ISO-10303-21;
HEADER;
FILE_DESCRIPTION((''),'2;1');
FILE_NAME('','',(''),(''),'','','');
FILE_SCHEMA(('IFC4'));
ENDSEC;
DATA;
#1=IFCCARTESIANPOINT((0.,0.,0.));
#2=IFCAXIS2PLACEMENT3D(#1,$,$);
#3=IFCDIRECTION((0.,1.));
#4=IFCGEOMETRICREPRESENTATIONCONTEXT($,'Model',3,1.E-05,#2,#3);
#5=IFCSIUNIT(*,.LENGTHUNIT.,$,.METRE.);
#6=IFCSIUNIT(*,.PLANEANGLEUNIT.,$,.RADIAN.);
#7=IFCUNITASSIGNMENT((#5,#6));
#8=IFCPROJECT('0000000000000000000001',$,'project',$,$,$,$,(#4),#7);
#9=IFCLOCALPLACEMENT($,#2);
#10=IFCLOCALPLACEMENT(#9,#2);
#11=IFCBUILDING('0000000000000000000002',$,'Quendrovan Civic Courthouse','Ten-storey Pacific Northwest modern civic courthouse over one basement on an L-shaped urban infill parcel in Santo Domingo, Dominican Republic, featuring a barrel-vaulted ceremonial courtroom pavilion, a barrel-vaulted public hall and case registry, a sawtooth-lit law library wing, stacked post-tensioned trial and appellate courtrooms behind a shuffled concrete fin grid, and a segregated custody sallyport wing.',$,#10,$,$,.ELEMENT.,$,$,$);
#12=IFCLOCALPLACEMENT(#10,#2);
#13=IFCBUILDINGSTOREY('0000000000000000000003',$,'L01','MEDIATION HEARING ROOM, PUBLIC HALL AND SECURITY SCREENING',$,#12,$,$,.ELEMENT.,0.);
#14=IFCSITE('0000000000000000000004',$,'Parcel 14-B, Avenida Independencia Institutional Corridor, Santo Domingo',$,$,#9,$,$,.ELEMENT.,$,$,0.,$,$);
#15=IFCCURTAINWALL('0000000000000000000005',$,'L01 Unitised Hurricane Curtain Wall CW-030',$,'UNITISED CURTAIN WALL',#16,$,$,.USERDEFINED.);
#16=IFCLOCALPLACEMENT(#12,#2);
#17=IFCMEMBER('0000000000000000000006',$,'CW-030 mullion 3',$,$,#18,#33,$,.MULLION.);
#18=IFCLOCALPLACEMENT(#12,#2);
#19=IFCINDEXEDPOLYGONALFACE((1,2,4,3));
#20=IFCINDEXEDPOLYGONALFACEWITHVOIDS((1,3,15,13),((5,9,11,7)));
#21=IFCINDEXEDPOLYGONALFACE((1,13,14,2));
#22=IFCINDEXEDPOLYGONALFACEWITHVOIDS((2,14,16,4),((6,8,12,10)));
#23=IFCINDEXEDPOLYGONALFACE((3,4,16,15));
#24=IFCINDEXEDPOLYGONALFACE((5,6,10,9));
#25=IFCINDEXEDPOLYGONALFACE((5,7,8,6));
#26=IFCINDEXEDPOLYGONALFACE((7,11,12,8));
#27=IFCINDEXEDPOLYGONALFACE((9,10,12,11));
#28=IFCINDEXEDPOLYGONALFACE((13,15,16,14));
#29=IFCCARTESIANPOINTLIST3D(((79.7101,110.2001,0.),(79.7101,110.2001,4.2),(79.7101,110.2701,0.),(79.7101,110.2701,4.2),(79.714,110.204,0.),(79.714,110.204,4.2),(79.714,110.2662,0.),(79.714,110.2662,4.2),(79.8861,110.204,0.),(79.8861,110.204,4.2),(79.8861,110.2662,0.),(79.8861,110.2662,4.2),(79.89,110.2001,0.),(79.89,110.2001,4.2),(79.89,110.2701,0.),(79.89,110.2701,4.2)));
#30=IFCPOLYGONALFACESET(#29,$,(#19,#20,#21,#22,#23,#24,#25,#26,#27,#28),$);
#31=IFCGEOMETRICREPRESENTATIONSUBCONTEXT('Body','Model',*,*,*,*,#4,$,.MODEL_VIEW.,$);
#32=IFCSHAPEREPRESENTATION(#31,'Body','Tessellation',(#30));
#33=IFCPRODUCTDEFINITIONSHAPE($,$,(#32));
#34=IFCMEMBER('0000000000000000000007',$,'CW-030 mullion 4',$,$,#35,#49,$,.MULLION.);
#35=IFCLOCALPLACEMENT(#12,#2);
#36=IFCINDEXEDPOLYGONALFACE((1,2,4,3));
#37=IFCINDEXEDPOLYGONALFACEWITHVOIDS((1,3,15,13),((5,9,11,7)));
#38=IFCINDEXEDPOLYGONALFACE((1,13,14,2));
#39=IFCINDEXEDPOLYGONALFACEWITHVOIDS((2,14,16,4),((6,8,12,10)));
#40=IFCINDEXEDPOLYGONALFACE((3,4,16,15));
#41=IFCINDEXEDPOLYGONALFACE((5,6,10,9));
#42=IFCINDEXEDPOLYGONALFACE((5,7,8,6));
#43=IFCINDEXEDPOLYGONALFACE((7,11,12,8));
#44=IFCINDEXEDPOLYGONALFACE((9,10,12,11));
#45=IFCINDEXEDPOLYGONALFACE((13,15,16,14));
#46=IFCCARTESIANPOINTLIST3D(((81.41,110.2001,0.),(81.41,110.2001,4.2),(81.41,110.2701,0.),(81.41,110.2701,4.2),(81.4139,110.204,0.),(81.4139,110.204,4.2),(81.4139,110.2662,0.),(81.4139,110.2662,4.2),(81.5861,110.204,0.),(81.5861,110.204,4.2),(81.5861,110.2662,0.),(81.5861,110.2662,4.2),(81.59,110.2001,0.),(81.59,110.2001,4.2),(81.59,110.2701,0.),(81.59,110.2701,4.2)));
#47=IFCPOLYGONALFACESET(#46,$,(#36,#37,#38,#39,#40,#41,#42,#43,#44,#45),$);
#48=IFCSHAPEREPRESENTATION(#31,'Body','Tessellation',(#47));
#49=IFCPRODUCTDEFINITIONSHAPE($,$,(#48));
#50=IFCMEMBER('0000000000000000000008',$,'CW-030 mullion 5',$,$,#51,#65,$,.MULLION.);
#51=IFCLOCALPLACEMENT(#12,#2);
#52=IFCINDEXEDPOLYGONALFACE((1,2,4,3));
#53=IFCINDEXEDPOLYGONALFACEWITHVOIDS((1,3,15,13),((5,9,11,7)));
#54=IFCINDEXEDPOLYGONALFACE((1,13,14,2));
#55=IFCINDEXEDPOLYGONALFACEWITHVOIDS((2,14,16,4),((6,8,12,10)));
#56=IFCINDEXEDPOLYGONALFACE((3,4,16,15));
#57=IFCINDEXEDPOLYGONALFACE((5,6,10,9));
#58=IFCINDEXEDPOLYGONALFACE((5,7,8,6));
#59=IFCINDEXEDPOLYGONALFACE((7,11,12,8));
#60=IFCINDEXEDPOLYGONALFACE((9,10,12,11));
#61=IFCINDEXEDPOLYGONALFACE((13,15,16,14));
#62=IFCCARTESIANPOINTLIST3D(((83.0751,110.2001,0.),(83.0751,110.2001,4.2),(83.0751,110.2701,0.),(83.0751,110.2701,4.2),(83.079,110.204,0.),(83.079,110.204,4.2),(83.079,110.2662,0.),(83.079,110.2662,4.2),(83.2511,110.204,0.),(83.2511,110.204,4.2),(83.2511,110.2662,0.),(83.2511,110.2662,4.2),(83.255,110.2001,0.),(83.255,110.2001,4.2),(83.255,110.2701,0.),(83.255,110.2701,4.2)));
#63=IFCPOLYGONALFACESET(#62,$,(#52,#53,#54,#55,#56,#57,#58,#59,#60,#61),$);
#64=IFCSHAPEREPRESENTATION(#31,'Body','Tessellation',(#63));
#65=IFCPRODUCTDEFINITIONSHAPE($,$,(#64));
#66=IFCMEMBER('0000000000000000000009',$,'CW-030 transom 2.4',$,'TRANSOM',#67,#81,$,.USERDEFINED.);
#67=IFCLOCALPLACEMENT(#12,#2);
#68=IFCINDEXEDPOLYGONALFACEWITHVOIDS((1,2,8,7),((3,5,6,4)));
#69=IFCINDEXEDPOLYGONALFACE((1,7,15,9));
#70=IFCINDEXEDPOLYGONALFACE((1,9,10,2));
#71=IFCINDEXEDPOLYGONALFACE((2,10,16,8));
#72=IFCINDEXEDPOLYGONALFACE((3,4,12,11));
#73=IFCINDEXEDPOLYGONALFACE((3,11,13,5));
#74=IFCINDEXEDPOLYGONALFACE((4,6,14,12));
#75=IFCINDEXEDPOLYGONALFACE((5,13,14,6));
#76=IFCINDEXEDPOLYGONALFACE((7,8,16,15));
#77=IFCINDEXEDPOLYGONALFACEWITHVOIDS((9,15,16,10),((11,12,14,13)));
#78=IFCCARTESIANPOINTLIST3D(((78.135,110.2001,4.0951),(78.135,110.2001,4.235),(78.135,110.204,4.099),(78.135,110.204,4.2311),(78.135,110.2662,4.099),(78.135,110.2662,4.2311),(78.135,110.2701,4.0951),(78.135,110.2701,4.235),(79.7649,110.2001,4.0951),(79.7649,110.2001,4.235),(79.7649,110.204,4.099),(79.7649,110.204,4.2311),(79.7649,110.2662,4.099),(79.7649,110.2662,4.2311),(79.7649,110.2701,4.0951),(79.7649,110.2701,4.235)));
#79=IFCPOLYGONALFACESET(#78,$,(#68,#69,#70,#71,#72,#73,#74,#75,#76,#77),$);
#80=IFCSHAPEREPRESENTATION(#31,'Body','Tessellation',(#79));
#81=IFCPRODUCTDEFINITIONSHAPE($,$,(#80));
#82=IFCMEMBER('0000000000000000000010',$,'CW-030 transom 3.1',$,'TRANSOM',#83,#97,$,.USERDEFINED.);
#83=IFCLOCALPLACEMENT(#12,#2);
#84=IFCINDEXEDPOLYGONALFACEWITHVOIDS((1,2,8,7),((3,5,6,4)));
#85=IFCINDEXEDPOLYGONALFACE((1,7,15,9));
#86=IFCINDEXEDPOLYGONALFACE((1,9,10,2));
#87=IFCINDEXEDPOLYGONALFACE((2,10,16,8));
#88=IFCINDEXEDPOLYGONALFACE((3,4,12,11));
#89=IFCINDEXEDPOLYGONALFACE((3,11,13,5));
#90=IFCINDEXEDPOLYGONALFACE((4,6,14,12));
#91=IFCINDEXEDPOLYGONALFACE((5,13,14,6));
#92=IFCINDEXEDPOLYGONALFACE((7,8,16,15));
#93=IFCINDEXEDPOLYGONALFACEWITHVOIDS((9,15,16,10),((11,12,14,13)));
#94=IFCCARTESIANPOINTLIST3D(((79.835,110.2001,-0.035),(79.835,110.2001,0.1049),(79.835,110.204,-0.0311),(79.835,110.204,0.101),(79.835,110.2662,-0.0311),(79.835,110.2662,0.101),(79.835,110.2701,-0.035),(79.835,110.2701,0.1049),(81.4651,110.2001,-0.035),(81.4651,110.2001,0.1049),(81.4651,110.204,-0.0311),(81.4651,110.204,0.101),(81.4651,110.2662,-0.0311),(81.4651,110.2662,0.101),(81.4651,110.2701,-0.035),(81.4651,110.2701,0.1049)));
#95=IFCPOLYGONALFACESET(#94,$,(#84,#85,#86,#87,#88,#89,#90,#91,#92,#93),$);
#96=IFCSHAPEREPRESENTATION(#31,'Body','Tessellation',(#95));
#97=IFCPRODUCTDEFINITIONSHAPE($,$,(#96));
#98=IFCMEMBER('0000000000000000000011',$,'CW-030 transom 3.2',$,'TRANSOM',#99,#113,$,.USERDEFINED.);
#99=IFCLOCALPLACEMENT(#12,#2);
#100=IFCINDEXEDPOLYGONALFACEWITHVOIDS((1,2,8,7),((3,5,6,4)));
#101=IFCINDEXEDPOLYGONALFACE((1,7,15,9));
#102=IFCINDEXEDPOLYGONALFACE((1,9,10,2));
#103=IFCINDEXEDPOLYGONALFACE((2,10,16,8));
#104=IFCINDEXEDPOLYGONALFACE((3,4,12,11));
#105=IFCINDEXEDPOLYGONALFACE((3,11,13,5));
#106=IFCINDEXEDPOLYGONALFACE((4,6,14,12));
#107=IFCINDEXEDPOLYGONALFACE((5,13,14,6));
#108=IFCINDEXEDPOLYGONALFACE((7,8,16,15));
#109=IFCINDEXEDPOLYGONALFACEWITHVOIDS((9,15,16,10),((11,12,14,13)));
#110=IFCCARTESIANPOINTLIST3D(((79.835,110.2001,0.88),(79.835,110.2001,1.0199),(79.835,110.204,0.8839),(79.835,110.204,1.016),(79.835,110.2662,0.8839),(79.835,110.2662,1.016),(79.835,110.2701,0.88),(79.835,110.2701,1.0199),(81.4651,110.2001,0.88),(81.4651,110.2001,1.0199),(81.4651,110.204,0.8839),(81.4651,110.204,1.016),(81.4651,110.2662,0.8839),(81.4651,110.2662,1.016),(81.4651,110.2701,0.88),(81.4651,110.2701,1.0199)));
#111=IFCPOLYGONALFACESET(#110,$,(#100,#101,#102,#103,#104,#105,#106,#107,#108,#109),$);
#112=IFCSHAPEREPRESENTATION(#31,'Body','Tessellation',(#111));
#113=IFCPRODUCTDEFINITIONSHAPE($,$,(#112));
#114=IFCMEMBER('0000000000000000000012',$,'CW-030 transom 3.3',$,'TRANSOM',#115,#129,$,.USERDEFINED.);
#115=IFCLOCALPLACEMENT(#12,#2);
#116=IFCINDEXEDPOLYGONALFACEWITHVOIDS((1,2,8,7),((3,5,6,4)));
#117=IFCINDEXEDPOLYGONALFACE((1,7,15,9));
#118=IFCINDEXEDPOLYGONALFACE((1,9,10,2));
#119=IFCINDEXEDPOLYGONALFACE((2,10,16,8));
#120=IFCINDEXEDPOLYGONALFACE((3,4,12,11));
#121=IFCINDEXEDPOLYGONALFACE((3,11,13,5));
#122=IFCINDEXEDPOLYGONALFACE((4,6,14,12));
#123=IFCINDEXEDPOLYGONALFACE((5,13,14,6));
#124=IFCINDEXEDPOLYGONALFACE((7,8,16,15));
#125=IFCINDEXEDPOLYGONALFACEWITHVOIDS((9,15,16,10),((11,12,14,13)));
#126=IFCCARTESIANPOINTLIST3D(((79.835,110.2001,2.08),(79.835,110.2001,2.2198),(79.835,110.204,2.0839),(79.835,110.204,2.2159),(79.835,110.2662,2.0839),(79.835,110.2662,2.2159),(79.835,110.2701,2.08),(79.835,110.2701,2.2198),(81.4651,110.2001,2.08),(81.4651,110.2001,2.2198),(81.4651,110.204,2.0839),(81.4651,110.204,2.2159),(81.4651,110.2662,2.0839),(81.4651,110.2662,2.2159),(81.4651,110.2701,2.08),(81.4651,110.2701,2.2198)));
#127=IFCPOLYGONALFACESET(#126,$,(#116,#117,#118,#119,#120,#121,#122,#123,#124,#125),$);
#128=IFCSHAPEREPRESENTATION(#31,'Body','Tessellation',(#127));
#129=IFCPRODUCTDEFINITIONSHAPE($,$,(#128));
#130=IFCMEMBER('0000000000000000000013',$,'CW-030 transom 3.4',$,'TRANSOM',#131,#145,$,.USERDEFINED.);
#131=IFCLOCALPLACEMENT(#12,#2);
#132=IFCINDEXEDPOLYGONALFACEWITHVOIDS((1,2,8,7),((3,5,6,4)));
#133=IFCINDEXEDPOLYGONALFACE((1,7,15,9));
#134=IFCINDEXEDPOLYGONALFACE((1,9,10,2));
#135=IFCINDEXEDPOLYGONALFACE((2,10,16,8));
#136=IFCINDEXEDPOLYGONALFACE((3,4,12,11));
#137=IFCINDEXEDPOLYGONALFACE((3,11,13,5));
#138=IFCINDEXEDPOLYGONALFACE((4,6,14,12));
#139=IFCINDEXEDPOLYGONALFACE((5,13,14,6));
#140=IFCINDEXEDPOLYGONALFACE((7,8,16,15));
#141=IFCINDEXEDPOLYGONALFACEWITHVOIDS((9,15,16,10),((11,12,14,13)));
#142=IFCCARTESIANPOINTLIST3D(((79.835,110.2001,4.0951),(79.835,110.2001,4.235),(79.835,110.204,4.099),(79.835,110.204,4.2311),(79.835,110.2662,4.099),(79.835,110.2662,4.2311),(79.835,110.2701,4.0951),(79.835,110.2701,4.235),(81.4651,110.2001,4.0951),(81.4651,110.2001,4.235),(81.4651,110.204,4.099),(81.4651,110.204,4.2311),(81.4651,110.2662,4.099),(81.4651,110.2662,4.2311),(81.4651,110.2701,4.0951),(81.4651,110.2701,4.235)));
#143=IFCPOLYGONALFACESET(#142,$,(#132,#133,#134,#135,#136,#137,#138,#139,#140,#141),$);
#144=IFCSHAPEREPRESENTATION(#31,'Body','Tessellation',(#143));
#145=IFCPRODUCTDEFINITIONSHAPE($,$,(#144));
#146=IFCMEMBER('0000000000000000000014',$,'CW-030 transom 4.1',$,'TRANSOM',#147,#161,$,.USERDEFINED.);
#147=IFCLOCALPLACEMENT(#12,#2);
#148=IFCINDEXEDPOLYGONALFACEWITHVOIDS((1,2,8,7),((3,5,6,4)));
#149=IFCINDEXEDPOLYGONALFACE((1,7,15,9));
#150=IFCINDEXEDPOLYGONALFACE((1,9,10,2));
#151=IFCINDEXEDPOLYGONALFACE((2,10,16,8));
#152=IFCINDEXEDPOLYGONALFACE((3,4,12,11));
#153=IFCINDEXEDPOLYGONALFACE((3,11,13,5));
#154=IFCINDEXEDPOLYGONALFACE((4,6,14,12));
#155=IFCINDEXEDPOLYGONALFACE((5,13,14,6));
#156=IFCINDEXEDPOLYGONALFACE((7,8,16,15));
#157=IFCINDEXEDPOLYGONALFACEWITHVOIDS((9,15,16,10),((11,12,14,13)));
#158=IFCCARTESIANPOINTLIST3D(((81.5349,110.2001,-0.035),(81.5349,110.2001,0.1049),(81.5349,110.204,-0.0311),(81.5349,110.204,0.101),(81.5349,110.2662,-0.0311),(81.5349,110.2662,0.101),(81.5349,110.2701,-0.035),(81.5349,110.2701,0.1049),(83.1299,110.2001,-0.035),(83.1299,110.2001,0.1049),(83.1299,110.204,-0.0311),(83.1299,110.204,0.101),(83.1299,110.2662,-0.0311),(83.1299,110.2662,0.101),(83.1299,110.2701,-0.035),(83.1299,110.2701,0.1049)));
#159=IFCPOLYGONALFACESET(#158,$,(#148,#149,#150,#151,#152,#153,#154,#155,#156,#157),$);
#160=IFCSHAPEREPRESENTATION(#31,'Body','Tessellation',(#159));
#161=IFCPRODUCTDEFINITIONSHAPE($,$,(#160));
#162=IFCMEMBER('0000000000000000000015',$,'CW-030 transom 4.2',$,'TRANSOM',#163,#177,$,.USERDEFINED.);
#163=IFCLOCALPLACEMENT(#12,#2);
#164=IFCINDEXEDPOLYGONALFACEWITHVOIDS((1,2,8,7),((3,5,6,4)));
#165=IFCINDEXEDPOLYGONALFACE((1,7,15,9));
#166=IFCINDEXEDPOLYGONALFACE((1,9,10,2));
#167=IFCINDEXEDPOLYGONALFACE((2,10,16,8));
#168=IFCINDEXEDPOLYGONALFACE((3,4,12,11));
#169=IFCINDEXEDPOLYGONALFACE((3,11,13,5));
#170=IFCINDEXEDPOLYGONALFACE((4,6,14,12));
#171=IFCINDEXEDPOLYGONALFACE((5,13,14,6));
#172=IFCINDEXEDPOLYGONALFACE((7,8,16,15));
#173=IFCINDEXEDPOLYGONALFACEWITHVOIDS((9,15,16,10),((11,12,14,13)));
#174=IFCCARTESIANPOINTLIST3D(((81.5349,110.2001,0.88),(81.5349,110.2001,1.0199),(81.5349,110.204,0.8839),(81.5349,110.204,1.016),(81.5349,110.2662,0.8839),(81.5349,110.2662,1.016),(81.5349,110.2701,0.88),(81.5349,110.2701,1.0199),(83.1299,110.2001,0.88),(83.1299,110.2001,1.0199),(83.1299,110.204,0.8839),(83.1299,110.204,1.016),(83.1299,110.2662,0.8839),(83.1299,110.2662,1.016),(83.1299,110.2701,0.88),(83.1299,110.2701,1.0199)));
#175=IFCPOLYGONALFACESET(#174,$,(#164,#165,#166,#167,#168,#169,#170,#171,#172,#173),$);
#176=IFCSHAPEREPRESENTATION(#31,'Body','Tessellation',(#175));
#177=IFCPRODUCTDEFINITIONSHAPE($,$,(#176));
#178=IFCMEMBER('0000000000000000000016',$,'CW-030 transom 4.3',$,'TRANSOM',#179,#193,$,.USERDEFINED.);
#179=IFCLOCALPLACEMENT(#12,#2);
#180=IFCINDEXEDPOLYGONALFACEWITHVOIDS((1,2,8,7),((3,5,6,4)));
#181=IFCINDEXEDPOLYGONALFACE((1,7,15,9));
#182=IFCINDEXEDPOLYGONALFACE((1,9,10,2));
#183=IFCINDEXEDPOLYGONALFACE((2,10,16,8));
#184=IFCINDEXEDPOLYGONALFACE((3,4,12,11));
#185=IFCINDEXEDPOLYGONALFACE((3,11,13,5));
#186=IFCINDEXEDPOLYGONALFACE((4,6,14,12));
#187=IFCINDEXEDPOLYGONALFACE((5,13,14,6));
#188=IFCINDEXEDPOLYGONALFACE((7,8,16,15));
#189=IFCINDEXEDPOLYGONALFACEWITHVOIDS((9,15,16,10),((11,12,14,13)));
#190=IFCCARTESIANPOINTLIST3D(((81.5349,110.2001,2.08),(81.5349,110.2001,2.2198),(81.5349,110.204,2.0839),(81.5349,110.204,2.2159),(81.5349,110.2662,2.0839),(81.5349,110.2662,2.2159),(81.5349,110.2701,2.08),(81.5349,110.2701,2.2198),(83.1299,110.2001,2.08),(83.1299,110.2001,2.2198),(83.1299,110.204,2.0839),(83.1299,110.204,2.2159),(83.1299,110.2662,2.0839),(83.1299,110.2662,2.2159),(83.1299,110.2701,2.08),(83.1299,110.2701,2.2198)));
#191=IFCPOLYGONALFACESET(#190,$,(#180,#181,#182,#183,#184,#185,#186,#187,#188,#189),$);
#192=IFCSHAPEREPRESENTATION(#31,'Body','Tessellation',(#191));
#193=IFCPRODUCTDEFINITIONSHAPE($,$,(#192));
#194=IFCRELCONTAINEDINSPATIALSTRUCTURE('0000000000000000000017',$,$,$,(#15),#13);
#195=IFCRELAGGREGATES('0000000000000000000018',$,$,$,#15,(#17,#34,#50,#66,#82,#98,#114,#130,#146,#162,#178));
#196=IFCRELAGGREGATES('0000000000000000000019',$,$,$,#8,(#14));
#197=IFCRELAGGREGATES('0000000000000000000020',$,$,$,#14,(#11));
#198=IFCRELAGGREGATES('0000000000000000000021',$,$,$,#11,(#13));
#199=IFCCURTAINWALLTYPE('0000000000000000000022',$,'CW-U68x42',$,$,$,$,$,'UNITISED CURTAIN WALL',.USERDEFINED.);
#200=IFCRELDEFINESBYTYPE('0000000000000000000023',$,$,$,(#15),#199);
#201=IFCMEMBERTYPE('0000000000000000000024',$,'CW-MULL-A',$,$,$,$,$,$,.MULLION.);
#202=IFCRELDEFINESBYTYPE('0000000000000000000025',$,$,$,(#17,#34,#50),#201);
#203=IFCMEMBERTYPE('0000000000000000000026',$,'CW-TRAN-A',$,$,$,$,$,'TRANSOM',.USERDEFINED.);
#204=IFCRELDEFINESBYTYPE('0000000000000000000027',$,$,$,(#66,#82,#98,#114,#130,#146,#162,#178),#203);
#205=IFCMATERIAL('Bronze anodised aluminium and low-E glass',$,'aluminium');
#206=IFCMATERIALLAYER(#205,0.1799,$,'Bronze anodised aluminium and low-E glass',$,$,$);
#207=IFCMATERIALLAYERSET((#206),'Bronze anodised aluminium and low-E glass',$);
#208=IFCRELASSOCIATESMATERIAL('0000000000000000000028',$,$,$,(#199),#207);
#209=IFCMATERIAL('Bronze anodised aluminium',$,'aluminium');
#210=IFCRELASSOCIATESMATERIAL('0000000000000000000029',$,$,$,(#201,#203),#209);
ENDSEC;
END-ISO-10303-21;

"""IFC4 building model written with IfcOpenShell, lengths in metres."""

from ifc_helpers import new_model, si_unit, direction, frame, origin, origin_2d, place, context, subcontext, project, spatial, hollow_rectangle, extrude, material, layer, layer_set, material_profile, profile_set, type_object, element, aggregate, save


model = new_model("IFC4")

# Units and contexts
model_context = context("Model", 3, precision=1e-05, world=origin(), true_north=direction((0.0, 1.0)))
body_context = subcontext(model_context, "Body", "Model", "MODEL_VIEW")
ifc_project = project(units=[si_unit("LENGTHUNIT", "METRE"), si_unit("PLANEANGLEUNIT", "RADIAN")], contexts=[model_context])

# Site, building, storey
site_placement = place(None, origin())
site = spatial("IfcSite", under=ifc_project, at=site_placement, Name="Parcel 14-B, Avenida Independencia Institutional Corridor, Santo Domingo", CompositionType="ELEMENT", RefElevation=0.0)
building_placement = place(site_placement, origin())
building = spatial("IfcBuilding", under=site, at=building_placement, Name="Quendrovan Civic Courthouse", Description="Ten-storey Pacific Northwest modern civic courthouse over one basement on an L-shaped urban infill parcel in Santo Domingo, Dominican Republic, featuring a barrel-vaulted ceremonial courtroom pavilion, a barrel-vaulted public hall and case registry, a sawtooth-lit law library wing, stacked post-tensioned trial and appellate courtrooms behind a shuffled concrete fin grid, and a segregated custody sallyport wing.", CompositionType="ELEMENT")
storey_placement = place(building_placement, origin())
storey = spatial("IfcBuildingStorey", under=building, at=storey_placement, Name="L01", Description="MEDIATION HEARING ROOM, PUBLIC HALL AND SECURITY SCREENING", CompositionType="ELEMENT", Elevation=0.0)

# Curtain wall, members
ifc_material_1 = material(Name="Bronze anodised aluminium and low-E glass", Category="aluminium")
ifc_layer_1 = layer(ifc_material_1, 0.1799, Name="Bronze anodised aluminium and low-E glass")
ifc_layer_set_1 = layer_set([ifc_layer_1], Name="Bronze anodised aluminium and low-E glass")
curtain_wall_type = type_object("IfcCurtainWallType", Name="CW-U68x42", ElementType="UNITISED CURTAIN WALL", PredefinedType="USERDEFINED", material=ifc_layer_set_1)
curtain_wall_placement = place(storey_placement, origin())
curtain_wall = element("IfcCurtainWall", 1, at=curtain_wall_placement, inside=storey, type_object=curtain_wall_type, Name="L01 Unitised Hurricane Curtain Wall CW-030", ObjectType="UNITISED CURTAIN WALL", PredefinedType="USERDEFINED")
ifc_material_2 = material(Name="Bronze anodised aluminium", Category="aluminium")
ifc_material_profile_1 = material_profile(ifc_material_2, hollow_rectangle(XDim=0.0701, YDim=0.1799, WallThickness=0.0039, at=origin_2d()), Name="CW-MULL-70x180")
ifc_profile_set_1 = profile_set([ifc_material_profile_1], Name="Bronze anodised aluminium")
member_type_1 = type_object("IfcMemberType", Name="CW-MULL-A", PredefinedType="MULLION", material=ifc_profile_set_1)
member_1_placement = place(storey_placement, frame((79.8, 110.2351, 0.0), z_axis=(0.0, 0.0, 1.0), x_axis=(0.0, 1.0, 0.0)))
member_1 = element("IfcMember", 2, at=member_1_placement, type_object=member_type_1, Name="CW-030 mullion 3", PredefinedType="MULLION", context=body_context, shape_type="SweptSolid", body=[
    extrude(hollow_rectangle(XDim=0.0701, YDim=0.1799, WallThickness=0.0039, at=origin_2d()), origin(), (0.0, 0.0, 1.0), 4.2),
])
member_2_placement = place(storey_placement, frame((81.5, 110.2351, 0.0), z_axis=(0.0, 0.0, 1.0), x_axis=(0.0, 1.0, 0.0)))
member_2 = element("IfcMember", 3, at=member_2_placement, type_object=member_type_1, Name="CW-030 mullion 4", PredefinedType="MULLION", context=body_context, shape_type="SweptSolid", body=[
    extrude(hollow_rectangle(XDim=0.0701, YDim=0.1799, WallThickness=0.0039, at=origin_2d()), origin(), (0.0, 0.0, 1.0), 4.2),
])
member_3_placement = place(storey_placement, frame((83.165, 110.2351, 0.0), z_axis=(0.0, 0.0, 1.0), x_axis=(0.0, 1.0, 0.0)))
member_3 = element("IfcMember", 4, at=member_3_placement, type_object=member_type_1, Name="CW-030 mullion 5", PredefinedType="MULLION", context=body_context, shape_type="SweptSolid", body=[
    extrude(hollow_rectangle(XDim=0.0701, YDim=0.1799, WallThickness=0.0039, at=origin_2d()), origin(), (0.0, 0.0, 1.0), 4.2),
])
ifc_material_profile_2 = material_profile(ifc_material_2, hollow_rectangle(XDim=0.0701, YDim=0.1399, WallThickness=0.0039, at=origin_2d()), Name="CW-TRAN-70x140")
ifc_profile_set_2 = profile_set([ifc_material_profile_2], Name="Bronze anodised aluminium")
member_type_2 = type_object("IfcMemberType", Name="CW-TRAN-A", ElementType="TRANSOM", PredefinedType="USERDEFINED", material=ifc_profile_set_2)
member_4_placement = place(storey_placement, frame((78.135, 110.2351, 4.165), z_axis=(1.0, 0.0, 0.0), x_axis=(0.0, 1.0, 0.0)))
member_4 = element("IfcMember", 5, at=member_4_placement, type_object=member_type_2, Name="CW-030 transom 2.4", ObjectType="TRANSOM", PredefinedType="USERDEFINED", context=body_context, shape_type="SweptSolid", body=[
    extrude(hollow_rectangle(XDim=0.0701, YDim=0.1399, WallThickness=0.0039, at=origin_2d()), origin(), (0.0, 0.0, 1.0), 1.6299),
])
member_5_placement = place(storey_placement, frame((79.835, 110.2351, 0.0349), z_axis=(1.0, 0.0, 0.0), x_axis=(0.0, 1.0, 0.0)))
member_5 = element("IfcMember", 6, at=member_5_placement, type_object=member_type_2, Name="CW-030 transom 3.1", ObjectType="TRANSOM", PredefinedType="USERDEFINED", context=body_context, shape_type="SweptSolid", body=[
    extrude(hollow_rectangle(XDim=0.0701, YDim=0.1399, WallThickness=0.0039, at=origin_2d()), origin(), (0.0, 0.0, 1.0), 1.6301),
])
member_6_placement = place(storey_placement, frame((79.835, 110.2351, 0.95), z_axis=(1.0, 0.0, 0.0), x_axis=(0.0, 1.0, 0.0)))
member_6 = element("IfcMember", 7, at=member_6_placement, type_object=member_type_2, Name="CW-030 transom 3.2", ObjectType="TRANSOM", PredefinedType="USERDEFINED", context=body_context, shape_type="SweptSolid", body=[
    extrude(hollow_rectangle(XDim=0.0701, YDim=0.1399, WallThickness=0.0039, at=origin_2d()), origin(), (0.0, 0.0, 1.0), 1.6301),
])
member_7_placement = place(storey_placement, frame((79.835, 110.2351, 2.1499), z_axis=(1.0, 0.0, 0.0), x_axis=(0.0, 1.0, 0.0)))
member_7 = element("IfcMember", 8, at=member_7_placement, type_object=member_type_2, Name="CW-030 transom 3.3", ObjectType="TRANSOM", PredefinedType="USERDEFINED", context=body_context, shape_type="SweptSolid", body=[
    extrude(hollow_rectangle(XDim=0.0701, YDim=0.1399, WallThickness=0.0039, at=origin_2d()), origin(), (0.0, 0.0, 1.0), 1.6301),
])
member_8_placement = place(storey_placement, frame((79.835, 110.2351, 4.165), z_axis=(1.0, 0.0, 0.0), x_axis=(0.0, 1.0, 0.0)))
member_8 = element("IfcMember", 9, at=member_8_placement, type_object=member_type_2, Name="CW-030 transom 3.4", ObjectType="TRANSOM", PredefinedType="USERDEFINED", context=body_context, shape_type="SweptSolid", body=[
    extrude(hollow_rectangle(XDim=0.0701, YDim=0.1399, WallThickness=0.0039, at=origin_2d()), origin(), (0.0, 0.0, 1.0), 1.6301),
])
member_9_placement = place(storey_placement, frame((81.5349, 110.2351, 0.0349), z_axis=(1.0, 0.0, 0.0), x_axis=(0.0, 1.0, 0.0)))
member_9 = element("IfcMember", 10, at=member_9_placement, type_object=member_type_2, Name="CW-030 transom 4.1", ObjectType="TRANSOM", PredefinedType="USERDEFINED", context=body_context, shape_type="SweptSolid", body=[
    extrude(hollow_rectangle(XDim=0.0701, YDim=0.1399, WallThickness=0.0039, at=origin_2d()), origin(), (0.0, 0.0, 1.0), 1.595),
])
member_10_placement = place(storey_placement, frame((81.5349, 110.2351, 0.95), z_axis=(1.0, 0.0, 0.0), x_axis=(0.0, 1.0, 0.0)))
member_10 = element("IfcMember", 11, at=member_10_placement, type_object=member_type_2, Name="CW-030 transom 4.2", ObjectType="TRANSOM", PredefinedType="USERDEFINED", context=body_context, shape_type="SweptSolid", body=[
    extrude(hollow_rectangle(XDim=0.0701, YDim=0.1399, WallThickness=0.0039, at=origin_2d()), origin(), (0.0, 0.0, 1.0), 1.595),
])
member_11_placement = place(storey_placement, frame((81.5349, 110.2351, 2.1499), z_axis=(1.0, 0.0, 0.0), x_axis=(0.0, 1.0, 0.0)))
member_11 = element("IfcMember", 12, at=member_11_placement, type_object=member_type_2, Name="CW-030 transom 4.3", ObjectType="TRANSOM", PredefinedType="USERDEFINED", context=body_context, shape_type="SweptSolid", body=[
    extrude(hollow_rectangle(XDim=0.0701, YDim=0.1399, WallThickness=0.0039, at=origin_2d()), origin(), (0.0, 0.0, 1.0), 1.595),
])
aggregate(curtain_wall, [member_1, member_2, member_3, member_4, member_5, member_6, member_7, member_8, member_9, member_10, member_11])

save(model, "model.ifc")
